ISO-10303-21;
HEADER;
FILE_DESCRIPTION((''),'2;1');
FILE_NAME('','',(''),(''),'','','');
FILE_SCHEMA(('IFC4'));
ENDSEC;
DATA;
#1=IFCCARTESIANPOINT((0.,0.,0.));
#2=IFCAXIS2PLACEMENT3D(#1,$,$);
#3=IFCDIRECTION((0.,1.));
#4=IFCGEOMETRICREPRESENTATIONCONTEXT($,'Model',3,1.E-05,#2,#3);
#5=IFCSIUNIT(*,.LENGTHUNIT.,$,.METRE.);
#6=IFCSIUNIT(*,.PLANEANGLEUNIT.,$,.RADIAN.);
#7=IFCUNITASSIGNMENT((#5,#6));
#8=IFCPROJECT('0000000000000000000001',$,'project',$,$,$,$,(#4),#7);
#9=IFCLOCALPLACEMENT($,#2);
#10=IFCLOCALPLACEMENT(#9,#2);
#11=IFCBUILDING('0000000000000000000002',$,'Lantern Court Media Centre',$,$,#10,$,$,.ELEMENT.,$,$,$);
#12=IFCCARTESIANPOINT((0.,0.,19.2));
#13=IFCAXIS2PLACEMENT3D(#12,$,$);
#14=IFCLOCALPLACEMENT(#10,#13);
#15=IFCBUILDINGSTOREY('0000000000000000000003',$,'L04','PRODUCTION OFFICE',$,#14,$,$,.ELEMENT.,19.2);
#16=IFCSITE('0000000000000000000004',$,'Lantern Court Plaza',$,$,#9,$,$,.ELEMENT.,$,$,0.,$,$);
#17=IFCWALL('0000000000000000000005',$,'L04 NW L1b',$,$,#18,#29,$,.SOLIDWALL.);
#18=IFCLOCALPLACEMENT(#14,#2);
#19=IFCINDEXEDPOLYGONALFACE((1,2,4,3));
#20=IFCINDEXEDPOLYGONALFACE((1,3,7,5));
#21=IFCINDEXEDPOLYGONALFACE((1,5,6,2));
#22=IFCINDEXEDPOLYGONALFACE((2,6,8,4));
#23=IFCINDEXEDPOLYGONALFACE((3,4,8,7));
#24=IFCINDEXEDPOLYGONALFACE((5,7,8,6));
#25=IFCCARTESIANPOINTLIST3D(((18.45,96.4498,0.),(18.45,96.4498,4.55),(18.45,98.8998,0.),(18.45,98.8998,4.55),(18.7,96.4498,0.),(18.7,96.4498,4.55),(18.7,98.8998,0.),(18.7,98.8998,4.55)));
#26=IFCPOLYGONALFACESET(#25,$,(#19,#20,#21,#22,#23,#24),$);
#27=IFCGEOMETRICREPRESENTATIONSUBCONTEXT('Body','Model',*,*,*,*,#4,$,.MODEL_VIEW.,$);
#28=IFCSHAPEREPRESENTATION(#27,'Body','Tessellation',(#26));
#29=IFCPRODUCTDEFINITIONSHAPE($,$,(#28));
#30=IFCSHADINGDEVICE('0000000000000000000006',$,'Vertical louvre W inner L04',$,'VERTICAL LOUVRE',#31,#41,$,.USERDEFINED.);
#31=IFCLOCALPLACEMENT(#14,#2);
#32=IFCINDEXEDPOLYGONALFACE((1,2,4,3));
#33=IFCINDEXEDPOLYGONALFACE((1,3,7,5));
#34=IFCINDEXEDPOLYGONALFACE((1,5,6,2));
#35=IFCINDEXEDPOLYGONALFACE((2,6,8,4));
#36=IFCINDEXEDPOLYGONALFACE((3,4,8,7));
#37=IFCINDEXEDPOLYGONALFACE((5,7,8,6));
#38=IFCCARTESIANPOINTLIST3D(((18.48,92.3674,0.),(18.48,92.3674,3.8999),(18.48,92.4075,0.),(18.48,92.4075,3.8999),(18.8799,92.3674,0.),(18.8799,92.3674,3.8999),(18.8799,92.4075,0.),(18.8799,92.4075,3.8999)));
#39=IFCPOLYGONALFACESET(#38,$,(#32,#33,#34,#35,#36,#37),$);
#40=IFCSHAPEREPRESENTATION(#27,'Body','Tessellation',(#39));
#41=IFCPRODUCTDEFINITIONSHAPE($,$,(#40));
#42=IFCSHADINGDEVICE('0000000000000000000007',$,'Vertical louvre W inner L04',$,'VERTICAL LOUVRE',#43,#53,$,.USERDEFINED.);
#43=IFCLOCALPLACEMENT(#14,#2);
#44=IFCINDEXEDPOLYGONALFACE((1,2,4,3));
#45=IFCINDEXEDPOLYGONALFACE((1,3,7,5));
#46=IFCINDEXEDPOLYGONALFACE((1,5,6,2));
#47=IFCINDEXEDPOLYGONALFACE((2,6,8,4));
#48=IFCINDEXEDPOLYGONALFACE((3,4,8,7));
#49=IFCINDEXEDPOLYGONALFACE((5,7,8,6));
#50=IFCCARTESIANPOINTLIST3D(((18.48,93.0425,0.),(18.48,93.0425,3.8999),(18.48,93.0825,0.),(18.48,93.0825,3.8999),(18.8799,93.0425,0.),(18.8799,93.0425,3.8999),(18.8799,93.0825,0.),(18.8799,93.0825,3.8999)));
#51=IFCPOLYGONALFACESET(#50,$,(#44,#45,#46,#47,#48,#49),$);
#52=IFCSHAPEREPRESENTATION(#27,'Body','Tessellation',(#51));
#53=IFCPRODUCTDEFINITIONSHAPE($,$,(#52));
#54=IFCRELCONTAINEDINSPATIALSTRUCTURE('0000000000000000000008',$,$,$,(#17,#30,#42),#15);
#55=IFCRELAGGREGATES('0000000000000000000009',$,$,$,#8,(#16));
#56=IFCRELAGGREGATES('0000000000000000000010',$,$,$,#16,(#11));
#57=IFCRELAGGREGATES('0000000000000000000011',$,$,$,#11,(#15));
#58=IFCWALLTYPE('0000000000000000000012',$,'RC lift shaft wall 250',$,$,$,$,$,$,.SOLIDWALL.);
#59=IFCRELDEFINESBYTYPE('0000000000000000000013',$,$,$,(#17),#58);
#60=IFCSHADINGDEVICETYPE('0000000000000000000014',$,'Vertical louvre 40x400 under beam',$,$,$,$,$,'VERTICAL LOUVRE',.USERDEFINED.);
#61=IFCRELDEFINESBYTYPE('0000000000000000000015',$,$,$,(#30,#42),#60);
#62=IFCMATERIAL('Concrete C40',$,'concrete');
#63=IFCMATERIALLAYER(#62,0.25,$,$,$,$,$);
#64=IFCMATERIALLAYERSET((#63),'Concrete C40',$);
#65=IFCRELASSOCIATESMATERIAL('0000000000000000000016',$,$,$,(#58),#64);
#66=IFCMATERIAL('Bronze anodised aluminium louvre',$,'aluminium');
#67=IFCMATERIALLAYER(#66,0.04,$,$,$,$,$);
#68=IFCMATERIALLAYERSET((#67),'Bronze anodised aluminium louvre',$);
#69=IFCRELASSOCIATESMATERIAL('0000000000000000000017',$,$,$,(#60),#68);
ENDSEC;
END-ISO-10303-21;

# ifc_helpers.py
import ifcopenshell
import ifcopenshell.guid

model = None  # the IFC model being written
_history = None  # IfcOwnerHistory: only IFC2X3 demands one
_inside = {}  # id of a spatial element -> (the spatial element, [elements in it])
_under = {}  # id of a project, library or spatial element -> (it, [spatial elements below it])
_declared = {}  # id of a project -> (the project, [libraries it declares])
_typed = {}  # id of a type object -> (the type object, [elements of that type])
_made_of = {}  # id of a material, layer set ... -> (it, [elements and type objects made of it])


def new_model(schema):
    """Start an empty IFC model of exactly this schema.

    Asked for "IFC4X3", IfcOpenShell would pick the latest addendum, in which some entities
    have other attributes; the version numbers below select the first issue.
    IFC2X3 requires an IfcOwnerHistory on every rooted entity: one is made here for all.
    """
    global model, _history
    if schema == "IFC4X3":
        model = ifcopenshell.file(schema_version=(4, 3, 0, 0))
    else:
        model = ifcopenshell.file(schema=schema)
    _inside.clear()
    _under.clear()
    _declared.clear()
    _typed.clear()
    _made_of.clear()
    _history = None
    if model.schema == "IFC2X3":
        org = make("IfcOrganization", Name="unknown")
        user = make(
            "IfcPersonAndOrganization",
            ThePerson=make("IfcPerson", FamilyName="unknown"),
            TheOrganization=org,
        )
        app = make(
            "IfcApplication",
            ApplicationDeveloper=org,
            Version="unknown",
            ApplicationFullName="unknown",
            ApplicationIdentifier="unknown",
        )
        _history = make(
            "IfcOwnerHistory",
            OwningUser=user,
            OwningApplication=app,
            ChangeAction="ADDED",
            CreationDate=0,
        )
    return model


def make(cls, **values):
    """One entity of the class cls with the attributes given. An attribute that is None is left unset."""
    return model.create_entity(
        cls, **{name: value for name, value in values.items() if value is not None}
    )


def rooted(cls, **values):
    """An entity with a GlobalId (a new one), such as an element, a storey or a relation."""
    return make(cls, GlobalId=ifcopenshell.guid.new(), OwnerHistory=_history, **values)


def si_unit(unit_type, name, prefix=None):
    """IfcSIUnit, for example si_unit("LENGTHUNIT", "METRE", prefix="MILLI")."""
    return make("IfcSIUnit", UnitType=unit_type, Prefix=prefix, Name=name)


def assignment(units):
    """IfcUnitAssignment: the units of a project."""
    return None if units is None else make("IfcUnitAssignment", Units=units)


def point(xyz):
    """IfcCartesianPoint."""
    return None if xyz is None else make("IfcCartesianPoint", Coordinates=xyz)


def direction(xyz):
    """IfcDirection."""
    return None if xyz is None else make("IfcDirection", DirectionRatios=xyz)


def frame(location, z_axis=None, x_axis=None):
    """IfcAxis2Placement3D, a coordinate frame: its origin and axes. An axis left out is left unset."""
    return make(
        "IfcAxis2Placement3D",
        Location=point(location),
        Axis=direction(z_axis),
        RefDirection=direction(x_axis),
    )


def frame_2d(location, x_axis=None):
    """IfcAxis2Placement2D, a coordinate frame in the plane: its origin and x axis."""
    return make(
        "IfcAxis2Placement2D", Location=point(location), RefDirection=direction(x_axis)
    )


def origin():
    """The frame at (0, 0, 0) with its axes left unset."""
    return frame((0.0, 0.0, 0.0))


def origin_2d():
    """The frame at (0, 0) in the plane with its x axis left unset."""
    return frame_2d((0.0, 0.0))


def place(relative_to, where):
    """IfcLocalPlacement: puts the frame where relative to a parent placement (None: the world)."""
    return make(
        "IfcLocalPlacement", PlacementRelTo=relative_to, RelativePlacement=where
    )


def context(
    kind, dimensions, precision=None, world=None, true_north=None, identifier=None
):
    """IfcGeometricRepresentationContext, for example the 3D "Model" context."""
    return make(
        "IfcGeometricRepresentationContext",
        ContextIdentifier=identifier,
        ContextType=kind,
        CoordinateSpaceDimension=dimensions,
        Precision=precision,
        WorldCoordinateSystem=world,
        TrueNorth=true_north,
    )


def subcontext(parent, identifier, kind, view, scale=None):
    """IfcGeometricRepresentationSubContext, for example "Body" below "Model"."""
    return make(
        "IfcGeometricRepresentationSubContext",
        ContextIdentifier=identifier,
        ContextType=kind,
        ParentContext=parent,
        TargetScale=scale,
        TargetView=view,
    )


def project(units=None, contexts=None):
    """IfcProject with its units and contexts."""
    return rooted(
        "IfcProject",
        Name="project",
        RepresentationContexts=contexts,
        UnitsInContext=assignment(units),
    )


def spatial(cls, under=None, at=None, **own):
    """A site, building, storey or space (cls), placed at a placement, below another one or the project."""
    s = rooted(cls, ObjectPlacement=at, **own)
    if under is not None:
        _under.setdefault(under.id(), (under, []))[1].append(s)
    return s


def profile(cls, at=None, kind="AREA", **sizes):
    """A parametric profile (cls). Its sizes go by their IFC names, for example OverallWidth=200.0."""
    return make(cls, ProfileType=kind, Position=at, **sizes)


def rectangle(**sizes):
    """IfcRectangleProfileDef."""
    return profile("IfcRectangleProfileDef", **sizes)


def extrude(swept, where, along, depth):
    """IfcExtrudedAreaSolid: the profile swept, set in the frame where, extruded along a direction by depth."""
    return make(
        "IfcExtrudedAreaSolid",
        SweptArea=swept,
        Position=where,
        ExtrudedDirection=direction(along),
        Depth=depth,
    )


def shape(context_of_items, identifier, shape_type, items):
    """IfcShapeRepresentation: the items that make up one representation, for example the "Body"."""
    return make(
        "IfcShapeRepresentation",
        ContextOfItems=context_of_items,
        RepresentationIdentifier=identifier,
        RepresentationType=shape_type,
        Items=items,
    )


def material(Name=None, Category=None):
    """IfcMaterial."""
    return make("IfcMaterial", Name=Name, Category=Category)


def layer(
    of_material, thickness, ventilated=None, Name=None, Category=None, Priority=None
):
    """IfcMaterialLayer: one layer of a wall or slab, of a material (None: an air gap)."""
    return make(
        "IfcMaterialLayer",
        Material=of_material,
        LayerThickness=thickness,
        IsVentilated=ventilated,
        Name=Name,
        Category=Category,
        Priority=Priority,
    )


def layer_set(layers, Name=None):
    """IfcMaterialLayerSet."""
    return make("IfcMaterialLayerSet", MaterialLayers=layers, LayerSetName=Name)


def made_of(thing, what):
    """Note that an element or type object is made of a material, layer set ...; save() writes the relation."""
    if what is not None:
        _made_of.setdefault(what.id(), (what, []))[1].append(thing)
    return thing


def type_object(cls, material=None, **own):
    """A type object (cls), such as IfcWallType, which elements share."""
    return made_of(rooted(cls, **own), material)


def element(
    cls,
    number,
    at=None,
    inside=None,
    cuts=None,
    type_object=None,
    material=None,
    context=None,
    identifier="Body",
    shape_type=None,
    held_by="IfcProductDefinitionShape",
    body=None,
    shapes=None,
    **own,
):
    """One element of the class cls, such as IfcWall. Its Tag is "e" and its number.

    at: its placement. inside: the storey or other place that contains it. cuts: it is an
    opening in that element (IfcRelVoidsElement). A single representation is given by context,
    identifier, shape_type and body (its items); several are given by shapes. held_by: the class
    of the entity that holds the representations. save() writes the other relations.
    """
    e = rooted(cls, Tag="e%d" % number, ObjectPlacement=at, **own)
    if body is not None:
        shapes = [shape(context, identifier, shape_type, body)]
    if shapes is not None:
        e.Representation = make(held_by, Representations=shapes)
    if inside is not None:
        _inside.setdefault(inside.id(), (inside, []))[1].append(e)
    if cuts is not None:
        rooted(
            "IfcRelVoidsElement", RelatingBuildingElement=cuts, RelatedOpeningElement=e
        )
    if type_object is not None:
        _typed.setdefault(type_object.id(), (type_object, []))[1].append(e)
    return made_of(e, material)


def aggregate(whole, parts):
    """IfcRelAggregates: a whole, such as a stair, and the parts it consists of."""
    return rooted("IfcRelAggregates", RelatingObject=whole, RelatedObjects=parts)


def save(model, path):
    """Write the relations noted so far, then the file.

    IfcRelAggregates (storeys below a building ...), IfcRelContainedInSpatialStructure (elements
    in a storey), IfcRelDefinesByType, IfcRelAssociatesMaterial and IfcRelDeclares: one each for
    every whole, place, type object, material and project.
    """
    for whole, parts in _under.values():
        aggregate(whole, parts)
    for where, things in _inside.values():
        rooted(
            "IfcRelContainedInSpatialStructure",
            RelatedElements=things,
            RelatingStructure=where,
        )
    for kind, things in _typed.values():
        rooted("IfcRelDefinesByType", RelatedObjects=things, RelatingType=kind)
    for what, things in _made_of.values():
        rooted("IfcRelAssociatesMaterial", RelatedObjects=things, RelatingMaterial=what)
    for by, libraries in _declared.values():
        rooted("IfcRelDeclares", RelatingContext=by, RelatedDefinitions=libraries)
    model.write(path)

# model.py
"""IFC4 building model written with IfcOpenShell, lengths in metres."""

from ifc_helpers import new_model, si_unit, direction, frame, frame_2d, origin, origin_2d, place, context, subcontext, project, spatial, rectangle, extrude, material, layer, layer_set, type_object, element, save


model = new_model("IFC4")

# Units and contexts
model_context = context("Model", 3, precision=1e-05, world=origin(), true_north=direction((0.0, 1.0)))
body_context = subcontext(model_context, "Body", "Model", "MODEL_VIEW")
ifc_project = project(units=[si_unit("LENGTHUNIT", "METRE"), si_unit("PLANEANGLEUNIT", "RADIAN")], contexts=[model_context])

# Site, building, storey
site_placement = place(None, origin())
site = spatial("IfcSite", under=ifc_project, at=site_placement, Name="Lantern Court Plaza", CompositionType="ELEMENT", RefElevation=0.0)
building_placement = place(site_placement, origin())
building = spatial("IfcBuilding", under=site, at=building_placement, Name="Lantern Court Media Centre", CompositionType="ELEMENT")
storey_placement = place(building_placement, frame((0.0, 0.0, 19.2)))
storey = spatial("IfcBuildingStorey", under=building, at=storey_placement, Name="L04", Description="PRODUCTION OFFICE", CompositionType="ELEMENT", Elevation=19.2)

# Shared definitions
ifc_material_1 = material(Name="Concrete C40", Category="concrete")

# Wall
ifc_layer_1 = layer(ifc_material_1, 0.25)
ifc_layer_set_1 = layer_set([ifc_layer_1], Name="Concrete C40")
wall_type_1 = type_object("IfcWallType", Name="RC lift shaft wall 250", PredefinedType="SOLIDWALL", material=ifc_layer_set_1)
wall_1_placement = place(storey_placement, frame((18.575, 98.8999, 0.0), z_axis=(0.0, 0.0, 1.0), x_axis=(0.0, -1.0, 0.0)))
element("IfcWall", 1, at=wall_1_placement, inside=storey, type_object=wall_type_1, Name="L04 NW L1b", PredefinedType="SOLIDWALL", context=body_context, shape_type="SweptSolid", body=[
    extrude(rectangle(XDim=2.45, YDim=0.25, at=frame_2d((1.2251, 0.0))), origin(), (0.0, 0.0, 1.0), 4.55),
])

# Shading devices
ifc_material_2 = material(Name="Bronze anodised aluminium louvre", Category="aluminium")
ifc_layer_2 = layer(ifc_material_2, 0.04)
ifc_layer_set_2 = layer_set([ifc_layer_2], Name="Bronze anodised aluminium louvre")
shading_device_type = type_object("IfcShadingDeviceType", Name="Vertical louvre 40x400 under beam", ElementType="VERTICAL LOUVRE", PredefinedType="USERDEFINED", material=ifc_layer_set_2)
for number, where, z_axis, x_axis, name in (
    (2, (18.6799, 92.3875, 0.0), (0.0, 0.0, 1.0), (1.0, 0.0, 0.0), "Vertical louvre W inner L04"),
    (3, (18.6799, 93.0625, 0.0), (0.0, 0.0, 1.0), (1.0, 0.0, 0.0), "Vertical louvre W inner L04"),
):
    element("IfcShadingDevice", number, at=place(storey_placement, frame(where, z_axis=z_axis, x_axis=x_axis)), inside=storey, type_object=shading_device_type, Name=name, ObjectType="VERTICAL LOUVRE", PredefinedType="USERDEFINED", context=body_context, shape_type="SweptSolid", body=[
        extrude(rectangle(XDim=0.3999, YDim=0.04, at=origin_2d()), origin(), (0.0, 0.0, 1.0), 3.8999),
    ])

save(model, "model.ifc")
